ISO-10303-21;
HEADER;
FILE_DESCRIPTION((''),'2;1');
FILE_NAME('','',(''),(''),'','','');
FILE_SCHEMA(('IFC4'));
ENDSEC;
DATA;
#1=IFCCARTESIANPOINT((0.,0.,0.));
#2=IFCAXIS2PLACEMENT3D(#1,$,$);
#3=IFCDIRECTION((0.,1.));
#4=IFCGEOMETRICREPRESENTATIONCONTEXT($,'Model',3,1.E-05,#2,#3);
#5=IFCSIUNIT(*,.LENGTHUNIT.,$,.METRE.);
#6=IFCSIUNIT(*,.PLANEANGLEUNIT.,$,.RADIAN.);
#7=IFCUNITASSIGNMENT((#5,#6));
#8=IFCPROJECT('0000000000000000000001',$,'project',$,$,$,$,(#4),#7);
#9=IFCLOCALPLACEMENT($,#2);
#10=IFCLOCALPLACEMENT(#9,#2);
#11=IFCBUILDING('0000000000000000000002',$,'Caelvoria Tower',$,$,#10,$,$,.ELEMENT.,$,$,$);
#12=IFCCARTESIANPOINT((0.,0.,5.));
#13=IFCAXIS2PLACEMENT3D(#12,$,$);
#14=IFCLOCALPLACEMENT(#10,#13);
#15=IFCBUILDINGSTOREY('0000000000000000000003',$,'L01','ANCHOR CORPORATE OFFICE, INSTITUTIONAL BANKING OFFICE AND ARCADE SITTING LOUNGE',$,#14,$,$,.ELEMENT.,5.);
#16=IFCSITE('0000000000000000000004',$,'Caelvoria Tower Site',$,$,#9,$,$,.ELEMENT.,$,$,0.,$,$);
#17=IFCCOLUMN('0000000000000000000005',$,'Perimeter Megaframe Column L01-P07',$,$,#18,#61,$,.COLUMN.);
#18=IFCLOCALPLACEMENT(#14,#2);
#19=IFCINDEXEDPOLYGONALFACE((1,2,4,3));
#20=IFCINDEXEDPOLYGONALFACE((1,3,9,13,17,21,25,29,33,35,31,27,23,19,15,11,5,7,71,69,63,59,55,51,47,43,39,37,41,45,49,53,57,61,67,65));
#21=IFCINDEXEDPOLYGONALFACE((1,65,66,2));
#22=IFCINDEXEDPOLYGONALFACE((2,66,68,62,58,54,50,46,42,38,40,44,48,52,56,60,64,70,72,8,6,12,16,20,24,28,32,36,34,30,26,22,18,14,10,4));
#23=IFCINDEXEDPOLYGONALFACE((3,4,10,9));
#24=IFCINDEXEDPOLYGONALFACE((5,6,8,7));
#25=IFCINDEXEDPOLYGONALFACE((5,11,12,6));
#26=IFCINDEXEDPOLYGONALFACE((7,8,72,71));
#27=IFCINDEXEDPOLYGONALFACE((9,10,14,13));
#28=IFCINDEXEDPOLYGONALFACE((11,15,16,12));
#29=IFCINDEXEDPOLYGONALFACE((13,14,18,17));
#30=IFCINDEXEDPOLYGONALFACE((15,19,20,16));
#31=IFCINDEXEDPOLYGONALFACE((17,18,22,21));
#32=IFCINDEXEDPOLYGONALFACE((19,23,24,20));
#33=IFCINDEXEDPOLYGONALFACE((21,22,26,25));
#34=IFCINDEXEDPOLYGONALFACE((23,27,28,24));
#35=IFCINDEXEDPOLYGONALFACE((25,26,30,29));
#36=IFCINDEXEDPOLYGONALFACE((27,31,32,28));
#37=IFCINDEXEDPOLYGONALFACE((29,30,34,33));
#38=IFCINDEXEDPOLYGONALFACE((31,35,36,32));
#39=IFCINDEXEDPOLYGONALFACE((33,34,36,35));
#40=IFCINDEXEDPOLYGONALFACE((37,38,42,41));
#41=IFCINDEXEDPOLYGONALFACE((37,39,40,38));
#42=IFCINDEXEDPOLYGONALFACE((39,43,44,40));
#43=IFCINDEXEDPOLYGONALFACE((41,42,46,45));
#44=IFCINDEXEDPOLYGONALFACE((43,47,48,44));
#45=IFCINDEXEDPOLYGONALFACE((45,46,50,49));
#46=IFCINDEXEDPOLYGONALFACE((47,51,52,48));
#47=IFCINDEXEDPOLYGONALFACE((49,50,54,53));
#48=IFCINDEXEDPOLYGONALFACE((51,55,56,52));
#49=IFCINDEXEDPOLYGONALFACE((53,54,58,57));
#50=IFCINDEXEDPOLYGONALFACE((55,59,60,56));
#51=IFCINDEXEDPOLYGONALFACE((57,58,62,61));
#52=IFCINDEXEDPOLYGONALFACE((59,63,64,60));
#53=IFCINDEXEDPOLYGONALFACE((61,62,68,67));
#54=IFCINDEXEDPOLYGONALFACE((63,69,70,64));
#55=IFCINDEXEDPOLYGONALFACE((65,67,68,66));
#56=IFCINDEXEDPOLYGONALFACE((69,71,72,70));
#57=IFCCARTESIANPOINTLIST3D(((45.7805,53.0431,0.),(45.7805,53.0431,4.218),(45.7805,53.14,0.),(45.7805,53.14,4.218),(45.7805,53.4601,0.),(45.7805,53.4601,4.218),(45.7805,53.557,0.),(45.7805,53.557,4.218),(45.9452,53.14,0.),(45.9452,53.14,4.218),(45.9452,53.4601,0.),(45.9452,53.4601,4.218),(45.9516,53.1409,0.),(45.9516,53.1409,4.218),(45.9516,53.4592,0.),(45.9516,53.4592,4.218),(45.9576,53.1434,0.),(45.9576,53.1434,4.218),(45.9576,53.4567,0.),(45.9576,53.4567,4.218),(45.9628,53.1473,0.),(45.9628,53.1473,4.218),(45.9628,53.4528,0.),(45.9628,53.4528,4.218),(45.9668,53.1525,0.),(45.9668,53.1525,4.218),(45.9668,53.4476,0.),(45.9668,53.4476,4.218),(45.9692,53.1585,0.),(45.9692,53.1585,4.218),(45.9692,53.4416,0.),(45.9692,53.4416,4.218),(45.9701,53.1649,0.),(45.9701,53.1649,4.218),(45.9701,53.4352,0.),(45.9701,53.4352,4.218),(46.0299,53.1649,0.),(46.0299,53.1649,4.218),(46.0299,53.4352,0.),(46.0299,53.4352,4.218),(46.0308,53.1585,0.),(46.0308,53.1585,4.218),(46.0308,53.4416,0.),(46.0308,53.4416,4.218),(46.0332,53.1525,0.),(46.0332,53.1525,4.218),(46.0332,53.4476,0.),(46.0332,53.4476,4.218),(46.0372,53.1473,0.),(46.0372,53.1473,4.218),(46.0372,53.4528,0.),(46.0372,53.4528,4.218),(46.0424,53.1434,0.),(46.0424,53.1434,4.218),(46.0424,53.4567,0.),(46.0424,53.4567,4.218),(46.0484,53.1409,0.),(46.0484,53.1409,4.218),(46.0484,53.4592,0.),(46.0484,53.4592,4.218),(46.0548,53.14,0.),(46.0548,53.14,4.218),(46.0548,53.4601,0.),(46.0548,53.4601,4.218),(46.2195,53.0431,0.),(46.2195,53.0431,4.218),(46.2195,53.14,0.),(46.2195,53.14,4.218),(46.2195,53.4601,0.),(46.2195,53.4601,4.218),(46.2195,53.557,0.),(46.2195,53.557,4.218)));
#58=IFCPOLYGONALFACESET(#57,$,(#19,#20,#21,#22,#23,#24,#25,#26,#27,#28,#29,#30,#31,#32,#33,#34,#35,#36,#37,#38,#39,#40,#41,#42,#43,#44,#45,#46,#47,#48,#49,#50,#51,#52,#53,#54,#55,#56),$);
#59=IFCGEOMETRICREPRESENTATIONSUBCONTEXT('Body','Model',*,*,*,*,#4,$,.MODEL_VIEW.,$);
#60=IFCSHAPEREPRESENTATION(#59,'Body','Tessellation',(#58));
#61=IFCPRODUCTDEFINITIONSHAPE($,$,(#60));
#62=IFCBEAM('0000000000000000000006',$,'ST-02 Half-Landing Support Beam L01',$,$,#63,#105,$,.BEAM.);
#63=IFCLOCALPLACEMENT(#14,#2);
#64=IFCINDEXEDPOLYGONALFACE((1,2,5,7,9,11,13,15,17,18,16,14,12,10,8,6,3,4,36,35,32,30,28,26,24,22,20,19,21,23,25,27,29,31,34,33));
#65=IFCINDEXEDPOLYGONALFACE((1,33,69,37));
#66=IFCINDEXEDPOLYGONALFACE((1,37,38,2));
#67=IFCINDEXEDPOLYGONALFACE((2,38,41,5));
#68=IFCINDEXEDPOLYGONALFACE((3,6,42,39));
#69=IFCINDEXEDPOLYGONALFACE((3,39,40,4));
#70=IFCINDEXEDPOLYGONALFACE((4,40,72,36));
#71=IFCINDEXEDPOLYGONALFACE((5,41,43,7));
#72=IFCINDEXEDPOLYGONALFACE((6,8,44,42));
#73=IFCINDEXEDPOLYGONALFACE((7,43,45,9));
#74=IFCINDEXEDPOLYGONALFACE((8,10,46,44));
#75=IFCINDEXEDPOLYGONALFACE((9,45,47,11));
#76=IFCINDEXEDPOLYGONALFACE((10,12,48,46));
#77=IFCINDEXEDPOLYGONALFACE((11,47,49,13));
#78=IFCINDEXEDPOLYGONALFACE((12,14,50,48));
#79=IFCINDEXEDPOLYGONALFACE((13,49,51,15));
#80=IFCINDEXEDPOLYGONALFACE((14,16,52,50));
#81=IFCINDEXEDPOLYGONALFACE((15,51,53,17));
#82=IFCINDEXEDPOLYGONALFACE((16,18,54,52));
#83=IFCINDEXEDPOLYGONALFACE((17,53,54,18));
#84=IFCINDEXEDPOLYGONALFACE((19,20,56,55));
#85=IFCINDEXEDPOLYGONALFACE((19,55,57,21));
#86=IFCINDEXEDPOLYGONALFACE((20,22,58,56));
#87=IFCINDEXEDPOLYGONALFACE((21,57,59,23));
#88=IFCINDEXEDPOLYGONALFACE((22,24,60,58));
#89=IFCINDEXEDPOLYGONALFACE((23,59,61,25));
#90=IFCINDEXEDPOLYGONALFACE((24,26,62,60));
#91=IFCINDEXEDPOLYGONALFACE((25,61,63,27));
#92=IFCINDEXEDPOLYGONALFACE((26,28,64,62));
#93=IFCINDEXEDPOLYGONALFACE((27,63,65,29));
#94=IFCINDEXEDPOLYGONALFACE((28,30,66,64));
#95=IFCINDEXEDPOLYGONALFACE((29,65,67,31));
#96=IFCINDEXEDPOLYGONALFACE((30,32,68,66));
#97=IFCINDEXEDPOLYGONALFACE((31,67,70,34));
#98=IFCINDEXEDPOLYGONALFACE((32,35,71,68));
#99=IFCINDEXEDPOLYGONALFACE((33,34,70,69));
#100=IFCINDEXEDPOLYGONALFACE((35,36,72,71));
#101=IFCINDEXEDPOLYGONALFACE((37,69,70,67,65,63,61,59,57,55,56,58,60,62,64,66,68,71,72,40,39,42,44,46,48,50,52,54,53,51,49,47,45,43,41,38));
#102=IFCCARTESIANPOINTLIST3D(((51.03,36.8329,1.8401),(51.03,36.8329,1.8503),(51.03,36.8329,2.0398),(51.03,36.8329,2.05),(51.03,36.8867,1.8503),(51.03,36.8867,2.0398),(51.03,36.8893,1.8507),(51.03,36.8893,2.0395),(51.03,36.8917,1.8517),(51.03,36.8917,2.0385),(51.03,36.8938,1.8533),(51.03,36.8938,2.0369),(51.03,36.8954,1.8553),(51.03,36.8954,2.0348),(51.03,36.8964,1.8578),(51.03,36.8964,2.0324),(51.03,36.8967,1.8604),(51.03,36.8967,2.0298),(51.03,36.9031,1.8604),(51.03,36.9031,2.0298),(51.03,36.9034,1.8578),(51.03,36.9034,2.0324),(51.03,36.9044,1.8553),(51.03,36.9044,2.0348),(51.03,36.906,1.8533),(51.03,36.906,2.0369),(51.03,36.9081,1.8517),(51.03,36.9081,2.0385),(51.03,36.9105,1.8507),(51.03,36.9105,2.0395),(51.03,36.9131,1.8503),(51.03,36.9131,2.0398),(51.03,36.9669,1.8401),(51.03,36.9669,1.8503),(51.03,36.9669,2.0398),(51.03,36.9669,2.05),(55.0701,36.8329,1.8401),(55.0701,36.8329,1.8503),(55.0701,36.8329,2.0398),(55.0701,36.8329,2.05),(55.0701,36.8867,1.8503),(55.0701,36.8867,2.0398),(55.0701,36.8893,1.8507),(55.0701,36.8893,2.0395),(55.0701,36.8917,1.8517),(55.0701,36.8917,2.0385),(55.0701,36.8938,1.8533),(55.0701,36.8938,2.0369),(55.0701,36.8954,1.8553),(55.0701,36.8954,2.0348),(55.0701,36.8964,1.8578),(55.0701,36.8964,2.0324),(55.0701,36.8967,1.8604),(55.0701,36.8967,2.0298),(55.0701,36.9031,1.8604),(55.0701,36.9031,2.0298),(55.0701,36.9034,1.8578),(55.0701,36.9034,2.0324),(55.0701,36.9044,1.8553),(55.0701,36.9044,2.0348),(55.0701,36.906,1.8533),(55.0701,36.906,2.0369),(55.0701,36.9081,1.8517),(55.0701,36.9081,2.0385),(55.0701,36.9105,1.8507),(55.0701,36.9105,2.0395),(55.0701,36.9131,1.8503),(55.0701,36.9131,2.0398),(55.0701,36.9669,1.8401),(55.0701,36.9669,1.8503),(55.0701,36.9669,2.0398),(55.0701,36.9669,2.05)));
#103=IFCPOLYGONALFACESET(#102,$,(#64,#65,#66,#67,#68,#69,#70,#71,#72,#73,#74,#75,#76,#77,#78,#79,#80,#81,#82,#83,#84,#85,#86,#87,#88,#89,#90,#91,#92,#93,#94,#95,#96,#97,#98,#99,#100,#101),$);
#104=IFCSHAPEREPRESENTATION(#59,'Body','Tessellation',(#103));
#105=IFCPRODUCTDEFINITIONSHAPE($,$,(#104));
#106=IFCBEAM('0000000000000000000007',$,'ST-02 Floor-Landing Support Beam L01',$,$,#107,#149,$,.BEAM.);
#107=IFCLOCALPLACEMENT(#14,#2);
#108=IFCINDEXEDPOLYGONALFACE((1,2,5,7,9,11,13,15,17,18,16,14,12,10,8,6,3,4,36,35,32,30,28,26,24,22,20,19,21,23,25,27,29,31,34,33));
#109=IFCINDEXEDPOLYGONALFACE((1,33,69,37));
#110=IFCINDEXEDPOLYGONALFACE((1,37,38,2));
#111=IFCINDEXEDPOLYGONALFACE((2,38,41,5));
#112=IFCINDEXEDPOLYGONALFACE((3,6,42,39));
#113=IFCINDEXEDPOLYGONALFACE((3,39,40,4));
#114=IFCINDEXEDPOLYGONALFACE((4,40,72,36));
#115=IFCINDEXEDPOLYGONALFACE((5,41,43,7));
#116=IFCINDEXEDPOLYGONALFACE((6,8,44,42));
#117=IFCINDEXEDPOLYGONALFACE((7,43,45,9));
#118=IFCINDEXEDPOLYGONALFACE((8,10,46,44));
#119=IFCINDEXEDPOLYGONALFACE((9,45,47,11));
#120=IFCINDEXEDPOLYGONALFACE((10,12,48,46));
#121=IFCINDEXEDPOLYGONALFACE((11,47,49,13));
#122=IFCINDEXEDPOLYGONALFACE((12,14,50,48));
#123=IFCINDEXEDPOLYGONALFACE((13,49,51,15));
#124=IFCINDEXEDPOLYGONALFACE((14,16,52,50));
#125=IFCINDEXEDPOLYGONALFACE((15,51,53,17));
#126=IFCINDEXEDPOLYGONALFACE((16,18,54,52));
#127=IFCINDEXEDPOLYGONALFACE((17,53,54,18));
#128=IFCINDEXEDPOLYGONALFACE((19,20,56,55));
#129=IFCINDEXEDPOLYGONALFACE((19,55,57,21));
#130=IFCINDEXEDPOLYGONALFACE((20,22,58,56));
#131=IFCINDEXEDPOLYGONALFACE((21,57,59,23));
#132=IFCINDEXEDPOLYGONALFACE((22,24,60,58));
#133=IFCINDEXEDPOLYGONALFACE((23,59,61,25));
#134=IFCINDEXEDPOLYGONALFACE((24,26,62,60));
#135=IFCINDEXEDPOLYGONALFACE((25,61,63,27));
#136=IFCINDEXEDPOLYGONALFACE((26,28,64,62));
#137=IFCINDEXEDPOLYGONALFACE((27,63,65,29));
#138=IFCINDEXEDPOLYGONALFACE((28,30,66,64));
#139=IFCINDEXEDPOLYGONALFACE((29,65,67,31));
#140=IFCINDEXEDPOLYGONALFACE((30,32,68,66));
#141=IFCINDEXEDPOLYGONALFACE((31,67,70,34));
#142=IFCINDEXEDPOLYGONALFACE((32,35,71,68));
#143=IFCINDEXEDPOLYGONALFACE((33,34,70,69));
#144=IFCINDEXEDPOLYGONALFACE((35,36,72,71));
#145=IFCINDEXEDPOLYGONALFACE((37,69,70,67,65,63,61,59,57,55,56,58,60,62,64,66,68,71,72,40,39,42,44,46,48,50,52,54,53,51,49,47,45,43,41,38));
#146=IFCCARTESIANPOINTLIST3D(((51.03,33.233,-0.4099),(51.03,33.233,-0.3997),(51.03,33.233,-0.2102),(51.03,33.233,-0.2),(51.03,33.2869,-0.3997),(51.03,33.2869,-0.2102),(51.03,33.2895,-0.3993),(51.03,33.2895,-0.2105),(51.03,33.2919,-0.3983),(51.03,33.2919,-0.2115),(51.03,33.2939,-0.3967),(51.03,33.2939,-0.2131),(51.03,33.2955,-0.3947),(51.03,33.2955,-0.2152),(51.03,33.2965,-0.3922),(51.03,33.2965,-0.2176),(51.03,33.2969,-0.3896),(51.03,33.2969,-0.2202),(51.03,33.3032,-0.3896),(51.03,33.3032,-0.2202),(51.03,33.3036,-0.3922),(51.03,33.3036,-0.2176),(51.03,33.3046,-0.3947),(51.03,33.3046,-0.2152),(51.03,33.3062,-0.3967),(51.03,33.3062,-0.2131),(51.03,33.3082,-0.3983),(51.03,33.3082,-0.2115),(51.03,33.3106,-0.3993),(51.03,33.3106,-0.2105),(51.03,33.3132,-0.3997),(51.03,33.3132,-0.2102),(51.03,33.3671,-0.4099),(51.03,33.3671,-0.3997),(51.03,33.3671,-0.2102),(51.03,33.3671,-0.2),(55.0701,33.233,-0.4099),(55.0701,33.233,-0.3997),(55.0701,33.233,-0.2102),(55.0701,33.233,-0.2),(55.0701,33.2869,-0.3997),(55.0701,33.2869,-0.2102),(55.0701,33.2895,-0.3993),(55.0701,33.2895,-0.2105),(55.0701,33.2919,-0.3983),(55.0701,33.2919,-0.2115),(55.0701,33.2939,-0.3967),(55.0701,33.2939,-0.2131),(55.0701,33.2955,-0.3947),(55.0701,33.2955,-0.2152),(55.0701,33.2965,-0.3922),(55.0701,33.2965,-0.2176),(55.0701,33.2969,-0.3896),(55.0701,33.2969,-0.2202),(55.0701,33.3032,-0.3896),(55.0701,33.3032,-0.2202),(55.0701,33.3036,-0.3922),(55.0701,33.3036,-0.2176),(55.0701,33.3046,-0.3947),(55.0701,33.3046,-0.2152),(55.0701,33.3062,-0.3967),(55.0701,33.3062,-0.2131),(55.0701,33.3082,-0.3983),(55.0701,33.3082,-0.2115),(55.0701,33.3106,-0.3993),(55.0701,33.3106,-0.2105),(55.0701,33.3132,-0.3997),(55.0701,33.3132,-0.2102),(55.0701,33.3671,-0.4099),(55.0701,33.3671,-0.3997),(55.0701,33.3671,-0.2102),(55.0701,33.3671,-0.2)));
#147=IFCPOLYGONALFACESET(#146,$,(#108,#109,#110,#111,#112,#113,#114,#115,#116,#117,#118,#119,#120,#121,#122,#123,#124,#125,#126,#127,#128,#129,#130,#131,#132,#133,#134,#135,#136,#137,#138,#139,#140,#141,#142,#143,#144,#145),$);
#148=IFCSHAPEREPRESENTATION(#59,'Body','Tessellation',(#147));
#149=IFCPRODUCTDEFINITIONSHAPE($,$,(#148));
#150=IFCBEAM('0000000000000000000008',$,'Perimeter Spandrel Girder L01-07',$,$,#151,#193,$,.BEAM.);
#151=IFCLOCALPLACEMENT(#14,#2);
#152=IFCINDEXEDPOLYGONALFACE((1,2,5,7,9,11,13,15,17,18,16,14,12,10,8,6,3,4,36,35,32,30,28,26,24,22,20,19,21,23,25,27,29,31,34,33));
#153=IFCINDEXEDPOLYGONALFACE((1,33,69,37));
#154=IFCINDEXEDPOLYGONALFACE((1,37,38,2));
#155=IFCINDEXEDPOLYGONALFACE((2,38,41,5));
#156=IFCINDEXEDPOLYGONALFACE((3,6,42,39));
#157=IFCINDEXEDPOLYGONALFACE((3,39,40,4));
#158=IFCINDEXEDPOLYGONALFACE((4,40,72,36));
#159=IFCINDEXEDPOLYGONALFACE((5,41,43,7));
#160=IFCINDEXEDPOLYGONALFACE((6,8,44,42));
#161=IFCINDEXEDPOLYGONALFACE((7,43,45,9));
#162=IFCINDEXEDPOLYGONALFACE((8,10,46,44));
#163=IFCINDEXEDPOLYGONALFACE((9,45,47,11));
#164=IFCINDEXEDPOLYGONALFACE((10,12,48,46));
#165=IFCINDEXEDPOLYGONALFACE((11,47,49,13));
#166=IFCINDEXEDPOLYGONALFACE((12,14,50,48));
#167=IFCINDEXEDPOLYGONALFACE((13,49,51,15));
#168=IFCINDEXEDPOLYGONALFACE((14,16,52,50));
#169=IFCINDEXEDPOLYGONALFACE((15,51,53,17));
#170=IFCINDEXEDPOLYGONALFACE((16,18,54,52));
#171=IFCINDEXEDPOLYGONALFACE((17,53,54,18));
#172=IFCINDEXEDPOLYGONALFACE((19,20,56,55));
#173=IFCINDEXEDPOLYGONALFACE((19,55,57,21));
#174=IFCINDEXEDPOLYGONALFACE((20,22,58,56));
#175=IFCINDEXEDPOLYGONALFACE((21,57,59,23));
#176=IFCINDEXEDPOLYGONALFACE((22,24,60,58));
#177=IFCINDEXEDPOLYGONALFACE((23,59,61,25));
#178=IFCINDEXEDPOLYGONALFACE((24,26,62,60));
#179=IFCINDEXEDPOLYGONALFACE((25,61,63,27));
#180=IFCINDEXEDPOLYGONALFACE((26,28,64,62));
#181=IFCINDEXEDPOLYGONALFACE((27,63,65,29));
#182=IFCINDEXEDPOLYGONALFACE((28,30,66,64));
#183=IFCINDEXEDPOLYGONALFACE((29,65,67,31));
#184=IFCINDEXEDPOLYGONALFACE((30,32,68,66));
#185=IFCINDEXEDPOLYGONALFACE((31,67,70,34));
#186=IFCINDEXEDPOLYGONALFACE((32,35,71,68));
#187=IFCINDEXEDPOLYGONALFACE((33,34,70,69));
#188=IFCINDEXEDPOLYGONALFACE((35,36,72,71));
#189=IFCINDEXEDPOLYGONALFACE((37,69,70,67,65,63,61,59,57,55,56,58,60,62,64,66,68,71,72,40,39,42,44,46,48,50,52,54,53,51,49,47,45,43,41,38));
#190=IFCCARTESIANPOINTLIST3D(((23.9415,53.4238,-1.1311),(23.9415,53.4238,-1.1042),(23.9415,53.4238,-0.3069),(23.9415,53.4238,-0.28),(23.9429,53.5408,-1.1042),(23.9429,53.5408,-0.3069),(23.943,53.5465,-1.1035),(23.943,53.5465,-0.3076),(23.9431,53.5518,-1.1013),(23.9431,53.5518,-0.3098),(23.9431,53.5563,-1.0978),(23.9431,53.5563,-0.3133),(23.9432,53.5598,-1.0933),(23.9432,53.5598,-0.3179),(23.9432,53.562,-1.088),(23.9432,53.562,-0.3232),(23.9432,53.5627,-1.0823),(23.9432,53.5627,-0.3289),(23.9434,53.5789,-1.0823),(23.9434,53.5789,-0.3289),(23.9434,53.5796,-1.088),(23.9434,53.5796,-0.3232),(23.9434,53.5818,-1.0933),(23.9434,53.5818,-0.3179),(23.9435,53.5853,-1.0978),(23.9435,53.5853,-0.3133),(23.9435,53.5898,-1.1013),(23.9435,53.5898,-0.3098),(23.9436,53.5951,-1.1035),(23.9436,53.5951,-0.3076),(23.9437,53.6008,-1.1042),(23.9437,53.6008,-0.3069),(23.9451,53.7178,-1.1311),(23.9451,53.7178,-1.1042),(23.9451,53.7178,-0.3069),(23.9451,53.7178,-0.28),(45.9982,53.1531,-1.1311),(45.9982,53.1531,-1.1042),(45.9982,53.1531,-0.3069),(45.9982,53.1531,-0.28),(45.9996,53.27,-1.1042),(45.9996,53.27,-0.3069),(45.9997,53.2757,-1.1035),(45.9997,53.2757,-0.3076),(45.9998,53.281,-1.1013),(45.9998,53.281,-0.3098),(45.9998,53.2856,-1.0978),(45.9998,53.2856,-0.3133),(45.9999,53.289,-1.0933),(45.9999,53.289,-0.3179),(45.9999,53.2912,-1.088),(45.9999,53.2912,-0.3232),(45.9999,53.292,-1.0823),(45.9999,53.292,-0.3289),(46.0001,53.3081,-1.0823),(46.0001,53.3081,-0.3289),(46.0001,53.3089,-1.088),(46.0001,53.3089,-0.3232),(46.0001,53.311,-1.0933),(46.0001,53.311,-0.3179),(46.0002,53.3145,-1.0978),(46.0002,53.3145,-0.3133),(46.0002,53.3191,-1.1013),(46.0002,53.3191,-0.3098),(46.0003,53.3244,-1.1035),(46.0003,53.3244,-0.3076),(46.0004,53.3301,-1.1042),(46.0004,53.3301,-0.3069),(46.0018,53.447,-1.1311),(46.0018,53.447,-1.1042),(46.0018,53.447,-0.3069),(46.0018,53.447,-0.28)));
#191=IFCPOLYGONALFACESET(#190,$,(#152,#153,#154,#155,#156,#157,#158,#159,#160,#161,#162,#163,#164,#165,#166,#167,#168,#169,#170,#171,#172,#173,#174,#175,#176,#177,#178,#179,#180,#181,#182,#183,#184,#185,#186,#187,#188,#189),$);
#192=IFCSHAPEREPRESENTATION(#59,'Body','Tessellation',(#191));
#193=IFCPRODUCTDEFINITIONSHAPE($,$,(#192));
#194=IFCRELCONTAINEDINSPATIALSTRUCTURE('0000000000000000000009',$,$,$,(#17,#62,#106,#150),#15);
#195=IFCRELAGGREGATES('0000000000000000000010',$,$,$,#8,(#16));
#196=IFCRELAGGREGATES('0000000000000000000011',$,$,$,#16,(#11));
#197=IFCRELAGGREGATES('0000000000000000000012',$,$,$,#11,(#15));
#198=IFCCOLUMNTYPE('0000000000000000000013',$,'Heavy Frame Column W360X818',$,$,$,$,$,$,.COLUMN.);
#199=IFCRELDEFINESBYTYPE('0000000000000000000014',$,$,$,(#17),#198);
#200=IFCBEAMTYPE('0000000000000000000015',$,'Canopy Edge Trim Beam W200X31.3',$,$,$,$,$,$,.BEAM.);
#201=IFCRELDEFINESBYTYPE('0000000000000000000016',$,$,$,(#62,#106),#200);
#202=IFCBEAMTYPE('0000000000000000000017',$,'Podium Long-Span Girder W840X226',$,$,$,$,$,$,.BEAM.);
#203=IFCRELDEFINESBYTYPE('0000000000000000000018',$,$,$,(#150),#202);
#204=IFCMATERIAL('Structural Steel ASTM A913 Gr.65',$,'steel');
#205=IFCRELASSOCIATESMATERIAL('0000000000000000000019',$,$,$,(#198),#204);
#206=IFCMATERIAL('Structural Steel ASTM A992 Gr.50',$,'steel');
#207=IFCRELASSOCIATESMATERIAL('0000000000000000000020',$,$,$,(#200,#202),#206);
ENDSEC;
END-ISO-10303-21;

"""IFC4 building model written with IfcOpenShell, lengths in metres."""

from ifc_helpers import new_model, si_unit, direction, frame, origin, origin_2d, place, context, subcontext, project, spatial, i_section, extrude, material, material_profile, profile_set, type_object, element, save


model = new_model("IFC4")

# Units and contexts
model_context = context("Model", 3, precision=1e-05, world=origin(), true_north=direction((0.0, 1.0)))
body_context = subcontext(model_context, "Body", "Model", "MODEL_VIEW")
ifc_project = project(units=[si_unit("LENGTHUNIT", "METRE"), si_unit("PLANEANGLEUNIT", "RADIAN")], contexts=[model_context])

# Site, building, storey
site_placement = place(None, origin())
site = spatial("IfcSite", under=ifc_project, at=site_placement, Name="Caelvoria Tower Site", CompositionType="ELEMENT", RefElevation=0.0)
building_placement = place(site_placement, origin())
building = spatial("IfcBuilding", under=site, at=building_placement, Name="Caelvoria Tower", CompositionType="ELEMENT")
storey_placement = place(building_placement, frame((0.0, 0.0, 5.0)))
storey = spatial("IfcBuildingStorey", under=building, at=storey_placement, Name="L01", Description="ANCHOR CORPORATE OFFICE, INSTITUTIONAL BANKING OFFICE AND ARCADE SITTING LOUNGE", CompositionType="ELEMENT", Elevation=5.0)

# Column
ifc_material_1 = material(Name="Structural Steel ASTM A913 Gr.65", Category="steel")
ifc_material_profile_1 = material_profile(ifc_material_1, i_section(OverallWidth=0.439, OverallDepth=0.5139, WebThickness=0.0598, FlangeThickness=0.0969, FilletRadius=0.0249, at=origin_2d()), Name="Structural Steel ASTM A913 Gr.65")
ifc_profile_set_1 = profile_set([ifc_material_profile_1], Name="W360X818 - Structural Steel ASTM A913 Gr.65")
column_type = type_object("IfcColumnType", Name="Heavy Frame Column W360X818", PredefinedType="COLUMN", material=ifc_profile_set_1)
column_placement = place(storey_placement, frame((46.0, 53.3, 0.0), z_axis=(0.0, 0.0, 1.0), x_axis=(1.0, 0.0, 0.0)))
element("IfcColumn", 1, at=column_placement, inside=storey, type_object=column_type, Name="Perimeter Megaframe Column L01-P07", PredefinedType="COLUMN", context=body_context, shape_type="SweptSolid", body=[
    extrude(i_section(OverallWidth=0.439, OverallDepth=0.5139, WebThickness=0.0598, FlangeThickness=0.0969, FilletRadius=0.0249, at=origin_2d()), origin(), (0.0, 0.0, 1.0), 4.218),
])

# Beams
ifc_material_2 = material(Name="Structural Steel ASTM A992 Gr.50", Category="steel")
ifc_material_profile_2 = material_profile(ifc_material_2, i_section(OverallWidth=0.134, OverallDepth=0.21, WebThickness=0.0063, FlangeThickness=0.0103, FilletRadius=0.01, at=origin_2d()), Name="Structural Steel ASTM A992 Gr.50")
ifc_profile_set_2 = profile_set([ifc_material_profile_2], Name="W200X31.3 - Structural Steel ASTM A992 Gr.50")
beam_type_1 = type_object("IfcBeamType", Name="Canopy Edge Trim Beam W200X31.3", PredefinedType="BEAM", material=ifc_profile_set_2)
for number, where, z_axis, x_axis, name in (
    (2, (51.03, 36.8999, 1.9451), (1.0, 0.0, 0.0), (0.0, 1.0, 0.0), "ST-02 Half-Landing Support Beam L01"),
    (3, (51.03, 33.3, -0.3049), (1.0, 0.0, 0.0), (0.0, 1.0, 0.0), "ST-02 Floor-Landing Support Beam L01"),
):
    element("IfcBeam", number, at=place(storey_placement, frame(where, z_axis=z_axis, x_axis=x_axis)), inside=storey, type_object=beam_type_1, Name=name, PredefinedType="BEAM", context=body_context, shape_type="SweptSolid", body=[
        extrude(i_section(OverallWidth=0.134, OverallDepth=0.21, WebThickness=0.0063, FlangeThickness=0.0103, FilletRadius=0.01, at=origin_2d()), origin(), (0.0, 0.0, 1.0), 4.04),
    ])
ifc_material_profile_3 = material_profile(ifc_material_2, i_section(OverallWidth=0.2939, OverallDepth=0.8511, WebThickness=0.0161, FlangeThickness=0.0269, FilletRadius=0.022, at=origin_2d()), Name="Structural Steel ASTM A992 Gr.50")
ifc_profile_set_3 = profile_set([ifc_material_profile_3], Name="W840X226 - Structural Steel ASTM A992 Gr.50")
beam_type_2 = type_object("IfcBeamType", Name="Podium Long-Span Girder W840X226", PredefinedType="BEAM", material=ifc_profile_set_3)
beam_1_placement = place(storey_placement, frame((46.0, 53.3, -0.7056), z_axis=(-0.999925, 0.012274, 0.0), x_axis=(-0.012274, -0.999925, 0.0)))
element("IfcBeam", 4, at=beam_1_placement, inside=storey, type_object=beam_type_2, Name="Perimeter Spandrel Girder L01-07", PredefinedType="BEAM", context=body_context, shape_type="SweptSolid", body=[
    extrude(i_section(OverallWidth=0.2939, OverallDepth=0.8511, WebThickness=0.0161, FlangeThickness=0.0269, FilletRadius=0.022, at=origin_2d()), origin(), (0.0, 0.0, 1.0), 22.0583),
])

save(model, "model.ifc")
